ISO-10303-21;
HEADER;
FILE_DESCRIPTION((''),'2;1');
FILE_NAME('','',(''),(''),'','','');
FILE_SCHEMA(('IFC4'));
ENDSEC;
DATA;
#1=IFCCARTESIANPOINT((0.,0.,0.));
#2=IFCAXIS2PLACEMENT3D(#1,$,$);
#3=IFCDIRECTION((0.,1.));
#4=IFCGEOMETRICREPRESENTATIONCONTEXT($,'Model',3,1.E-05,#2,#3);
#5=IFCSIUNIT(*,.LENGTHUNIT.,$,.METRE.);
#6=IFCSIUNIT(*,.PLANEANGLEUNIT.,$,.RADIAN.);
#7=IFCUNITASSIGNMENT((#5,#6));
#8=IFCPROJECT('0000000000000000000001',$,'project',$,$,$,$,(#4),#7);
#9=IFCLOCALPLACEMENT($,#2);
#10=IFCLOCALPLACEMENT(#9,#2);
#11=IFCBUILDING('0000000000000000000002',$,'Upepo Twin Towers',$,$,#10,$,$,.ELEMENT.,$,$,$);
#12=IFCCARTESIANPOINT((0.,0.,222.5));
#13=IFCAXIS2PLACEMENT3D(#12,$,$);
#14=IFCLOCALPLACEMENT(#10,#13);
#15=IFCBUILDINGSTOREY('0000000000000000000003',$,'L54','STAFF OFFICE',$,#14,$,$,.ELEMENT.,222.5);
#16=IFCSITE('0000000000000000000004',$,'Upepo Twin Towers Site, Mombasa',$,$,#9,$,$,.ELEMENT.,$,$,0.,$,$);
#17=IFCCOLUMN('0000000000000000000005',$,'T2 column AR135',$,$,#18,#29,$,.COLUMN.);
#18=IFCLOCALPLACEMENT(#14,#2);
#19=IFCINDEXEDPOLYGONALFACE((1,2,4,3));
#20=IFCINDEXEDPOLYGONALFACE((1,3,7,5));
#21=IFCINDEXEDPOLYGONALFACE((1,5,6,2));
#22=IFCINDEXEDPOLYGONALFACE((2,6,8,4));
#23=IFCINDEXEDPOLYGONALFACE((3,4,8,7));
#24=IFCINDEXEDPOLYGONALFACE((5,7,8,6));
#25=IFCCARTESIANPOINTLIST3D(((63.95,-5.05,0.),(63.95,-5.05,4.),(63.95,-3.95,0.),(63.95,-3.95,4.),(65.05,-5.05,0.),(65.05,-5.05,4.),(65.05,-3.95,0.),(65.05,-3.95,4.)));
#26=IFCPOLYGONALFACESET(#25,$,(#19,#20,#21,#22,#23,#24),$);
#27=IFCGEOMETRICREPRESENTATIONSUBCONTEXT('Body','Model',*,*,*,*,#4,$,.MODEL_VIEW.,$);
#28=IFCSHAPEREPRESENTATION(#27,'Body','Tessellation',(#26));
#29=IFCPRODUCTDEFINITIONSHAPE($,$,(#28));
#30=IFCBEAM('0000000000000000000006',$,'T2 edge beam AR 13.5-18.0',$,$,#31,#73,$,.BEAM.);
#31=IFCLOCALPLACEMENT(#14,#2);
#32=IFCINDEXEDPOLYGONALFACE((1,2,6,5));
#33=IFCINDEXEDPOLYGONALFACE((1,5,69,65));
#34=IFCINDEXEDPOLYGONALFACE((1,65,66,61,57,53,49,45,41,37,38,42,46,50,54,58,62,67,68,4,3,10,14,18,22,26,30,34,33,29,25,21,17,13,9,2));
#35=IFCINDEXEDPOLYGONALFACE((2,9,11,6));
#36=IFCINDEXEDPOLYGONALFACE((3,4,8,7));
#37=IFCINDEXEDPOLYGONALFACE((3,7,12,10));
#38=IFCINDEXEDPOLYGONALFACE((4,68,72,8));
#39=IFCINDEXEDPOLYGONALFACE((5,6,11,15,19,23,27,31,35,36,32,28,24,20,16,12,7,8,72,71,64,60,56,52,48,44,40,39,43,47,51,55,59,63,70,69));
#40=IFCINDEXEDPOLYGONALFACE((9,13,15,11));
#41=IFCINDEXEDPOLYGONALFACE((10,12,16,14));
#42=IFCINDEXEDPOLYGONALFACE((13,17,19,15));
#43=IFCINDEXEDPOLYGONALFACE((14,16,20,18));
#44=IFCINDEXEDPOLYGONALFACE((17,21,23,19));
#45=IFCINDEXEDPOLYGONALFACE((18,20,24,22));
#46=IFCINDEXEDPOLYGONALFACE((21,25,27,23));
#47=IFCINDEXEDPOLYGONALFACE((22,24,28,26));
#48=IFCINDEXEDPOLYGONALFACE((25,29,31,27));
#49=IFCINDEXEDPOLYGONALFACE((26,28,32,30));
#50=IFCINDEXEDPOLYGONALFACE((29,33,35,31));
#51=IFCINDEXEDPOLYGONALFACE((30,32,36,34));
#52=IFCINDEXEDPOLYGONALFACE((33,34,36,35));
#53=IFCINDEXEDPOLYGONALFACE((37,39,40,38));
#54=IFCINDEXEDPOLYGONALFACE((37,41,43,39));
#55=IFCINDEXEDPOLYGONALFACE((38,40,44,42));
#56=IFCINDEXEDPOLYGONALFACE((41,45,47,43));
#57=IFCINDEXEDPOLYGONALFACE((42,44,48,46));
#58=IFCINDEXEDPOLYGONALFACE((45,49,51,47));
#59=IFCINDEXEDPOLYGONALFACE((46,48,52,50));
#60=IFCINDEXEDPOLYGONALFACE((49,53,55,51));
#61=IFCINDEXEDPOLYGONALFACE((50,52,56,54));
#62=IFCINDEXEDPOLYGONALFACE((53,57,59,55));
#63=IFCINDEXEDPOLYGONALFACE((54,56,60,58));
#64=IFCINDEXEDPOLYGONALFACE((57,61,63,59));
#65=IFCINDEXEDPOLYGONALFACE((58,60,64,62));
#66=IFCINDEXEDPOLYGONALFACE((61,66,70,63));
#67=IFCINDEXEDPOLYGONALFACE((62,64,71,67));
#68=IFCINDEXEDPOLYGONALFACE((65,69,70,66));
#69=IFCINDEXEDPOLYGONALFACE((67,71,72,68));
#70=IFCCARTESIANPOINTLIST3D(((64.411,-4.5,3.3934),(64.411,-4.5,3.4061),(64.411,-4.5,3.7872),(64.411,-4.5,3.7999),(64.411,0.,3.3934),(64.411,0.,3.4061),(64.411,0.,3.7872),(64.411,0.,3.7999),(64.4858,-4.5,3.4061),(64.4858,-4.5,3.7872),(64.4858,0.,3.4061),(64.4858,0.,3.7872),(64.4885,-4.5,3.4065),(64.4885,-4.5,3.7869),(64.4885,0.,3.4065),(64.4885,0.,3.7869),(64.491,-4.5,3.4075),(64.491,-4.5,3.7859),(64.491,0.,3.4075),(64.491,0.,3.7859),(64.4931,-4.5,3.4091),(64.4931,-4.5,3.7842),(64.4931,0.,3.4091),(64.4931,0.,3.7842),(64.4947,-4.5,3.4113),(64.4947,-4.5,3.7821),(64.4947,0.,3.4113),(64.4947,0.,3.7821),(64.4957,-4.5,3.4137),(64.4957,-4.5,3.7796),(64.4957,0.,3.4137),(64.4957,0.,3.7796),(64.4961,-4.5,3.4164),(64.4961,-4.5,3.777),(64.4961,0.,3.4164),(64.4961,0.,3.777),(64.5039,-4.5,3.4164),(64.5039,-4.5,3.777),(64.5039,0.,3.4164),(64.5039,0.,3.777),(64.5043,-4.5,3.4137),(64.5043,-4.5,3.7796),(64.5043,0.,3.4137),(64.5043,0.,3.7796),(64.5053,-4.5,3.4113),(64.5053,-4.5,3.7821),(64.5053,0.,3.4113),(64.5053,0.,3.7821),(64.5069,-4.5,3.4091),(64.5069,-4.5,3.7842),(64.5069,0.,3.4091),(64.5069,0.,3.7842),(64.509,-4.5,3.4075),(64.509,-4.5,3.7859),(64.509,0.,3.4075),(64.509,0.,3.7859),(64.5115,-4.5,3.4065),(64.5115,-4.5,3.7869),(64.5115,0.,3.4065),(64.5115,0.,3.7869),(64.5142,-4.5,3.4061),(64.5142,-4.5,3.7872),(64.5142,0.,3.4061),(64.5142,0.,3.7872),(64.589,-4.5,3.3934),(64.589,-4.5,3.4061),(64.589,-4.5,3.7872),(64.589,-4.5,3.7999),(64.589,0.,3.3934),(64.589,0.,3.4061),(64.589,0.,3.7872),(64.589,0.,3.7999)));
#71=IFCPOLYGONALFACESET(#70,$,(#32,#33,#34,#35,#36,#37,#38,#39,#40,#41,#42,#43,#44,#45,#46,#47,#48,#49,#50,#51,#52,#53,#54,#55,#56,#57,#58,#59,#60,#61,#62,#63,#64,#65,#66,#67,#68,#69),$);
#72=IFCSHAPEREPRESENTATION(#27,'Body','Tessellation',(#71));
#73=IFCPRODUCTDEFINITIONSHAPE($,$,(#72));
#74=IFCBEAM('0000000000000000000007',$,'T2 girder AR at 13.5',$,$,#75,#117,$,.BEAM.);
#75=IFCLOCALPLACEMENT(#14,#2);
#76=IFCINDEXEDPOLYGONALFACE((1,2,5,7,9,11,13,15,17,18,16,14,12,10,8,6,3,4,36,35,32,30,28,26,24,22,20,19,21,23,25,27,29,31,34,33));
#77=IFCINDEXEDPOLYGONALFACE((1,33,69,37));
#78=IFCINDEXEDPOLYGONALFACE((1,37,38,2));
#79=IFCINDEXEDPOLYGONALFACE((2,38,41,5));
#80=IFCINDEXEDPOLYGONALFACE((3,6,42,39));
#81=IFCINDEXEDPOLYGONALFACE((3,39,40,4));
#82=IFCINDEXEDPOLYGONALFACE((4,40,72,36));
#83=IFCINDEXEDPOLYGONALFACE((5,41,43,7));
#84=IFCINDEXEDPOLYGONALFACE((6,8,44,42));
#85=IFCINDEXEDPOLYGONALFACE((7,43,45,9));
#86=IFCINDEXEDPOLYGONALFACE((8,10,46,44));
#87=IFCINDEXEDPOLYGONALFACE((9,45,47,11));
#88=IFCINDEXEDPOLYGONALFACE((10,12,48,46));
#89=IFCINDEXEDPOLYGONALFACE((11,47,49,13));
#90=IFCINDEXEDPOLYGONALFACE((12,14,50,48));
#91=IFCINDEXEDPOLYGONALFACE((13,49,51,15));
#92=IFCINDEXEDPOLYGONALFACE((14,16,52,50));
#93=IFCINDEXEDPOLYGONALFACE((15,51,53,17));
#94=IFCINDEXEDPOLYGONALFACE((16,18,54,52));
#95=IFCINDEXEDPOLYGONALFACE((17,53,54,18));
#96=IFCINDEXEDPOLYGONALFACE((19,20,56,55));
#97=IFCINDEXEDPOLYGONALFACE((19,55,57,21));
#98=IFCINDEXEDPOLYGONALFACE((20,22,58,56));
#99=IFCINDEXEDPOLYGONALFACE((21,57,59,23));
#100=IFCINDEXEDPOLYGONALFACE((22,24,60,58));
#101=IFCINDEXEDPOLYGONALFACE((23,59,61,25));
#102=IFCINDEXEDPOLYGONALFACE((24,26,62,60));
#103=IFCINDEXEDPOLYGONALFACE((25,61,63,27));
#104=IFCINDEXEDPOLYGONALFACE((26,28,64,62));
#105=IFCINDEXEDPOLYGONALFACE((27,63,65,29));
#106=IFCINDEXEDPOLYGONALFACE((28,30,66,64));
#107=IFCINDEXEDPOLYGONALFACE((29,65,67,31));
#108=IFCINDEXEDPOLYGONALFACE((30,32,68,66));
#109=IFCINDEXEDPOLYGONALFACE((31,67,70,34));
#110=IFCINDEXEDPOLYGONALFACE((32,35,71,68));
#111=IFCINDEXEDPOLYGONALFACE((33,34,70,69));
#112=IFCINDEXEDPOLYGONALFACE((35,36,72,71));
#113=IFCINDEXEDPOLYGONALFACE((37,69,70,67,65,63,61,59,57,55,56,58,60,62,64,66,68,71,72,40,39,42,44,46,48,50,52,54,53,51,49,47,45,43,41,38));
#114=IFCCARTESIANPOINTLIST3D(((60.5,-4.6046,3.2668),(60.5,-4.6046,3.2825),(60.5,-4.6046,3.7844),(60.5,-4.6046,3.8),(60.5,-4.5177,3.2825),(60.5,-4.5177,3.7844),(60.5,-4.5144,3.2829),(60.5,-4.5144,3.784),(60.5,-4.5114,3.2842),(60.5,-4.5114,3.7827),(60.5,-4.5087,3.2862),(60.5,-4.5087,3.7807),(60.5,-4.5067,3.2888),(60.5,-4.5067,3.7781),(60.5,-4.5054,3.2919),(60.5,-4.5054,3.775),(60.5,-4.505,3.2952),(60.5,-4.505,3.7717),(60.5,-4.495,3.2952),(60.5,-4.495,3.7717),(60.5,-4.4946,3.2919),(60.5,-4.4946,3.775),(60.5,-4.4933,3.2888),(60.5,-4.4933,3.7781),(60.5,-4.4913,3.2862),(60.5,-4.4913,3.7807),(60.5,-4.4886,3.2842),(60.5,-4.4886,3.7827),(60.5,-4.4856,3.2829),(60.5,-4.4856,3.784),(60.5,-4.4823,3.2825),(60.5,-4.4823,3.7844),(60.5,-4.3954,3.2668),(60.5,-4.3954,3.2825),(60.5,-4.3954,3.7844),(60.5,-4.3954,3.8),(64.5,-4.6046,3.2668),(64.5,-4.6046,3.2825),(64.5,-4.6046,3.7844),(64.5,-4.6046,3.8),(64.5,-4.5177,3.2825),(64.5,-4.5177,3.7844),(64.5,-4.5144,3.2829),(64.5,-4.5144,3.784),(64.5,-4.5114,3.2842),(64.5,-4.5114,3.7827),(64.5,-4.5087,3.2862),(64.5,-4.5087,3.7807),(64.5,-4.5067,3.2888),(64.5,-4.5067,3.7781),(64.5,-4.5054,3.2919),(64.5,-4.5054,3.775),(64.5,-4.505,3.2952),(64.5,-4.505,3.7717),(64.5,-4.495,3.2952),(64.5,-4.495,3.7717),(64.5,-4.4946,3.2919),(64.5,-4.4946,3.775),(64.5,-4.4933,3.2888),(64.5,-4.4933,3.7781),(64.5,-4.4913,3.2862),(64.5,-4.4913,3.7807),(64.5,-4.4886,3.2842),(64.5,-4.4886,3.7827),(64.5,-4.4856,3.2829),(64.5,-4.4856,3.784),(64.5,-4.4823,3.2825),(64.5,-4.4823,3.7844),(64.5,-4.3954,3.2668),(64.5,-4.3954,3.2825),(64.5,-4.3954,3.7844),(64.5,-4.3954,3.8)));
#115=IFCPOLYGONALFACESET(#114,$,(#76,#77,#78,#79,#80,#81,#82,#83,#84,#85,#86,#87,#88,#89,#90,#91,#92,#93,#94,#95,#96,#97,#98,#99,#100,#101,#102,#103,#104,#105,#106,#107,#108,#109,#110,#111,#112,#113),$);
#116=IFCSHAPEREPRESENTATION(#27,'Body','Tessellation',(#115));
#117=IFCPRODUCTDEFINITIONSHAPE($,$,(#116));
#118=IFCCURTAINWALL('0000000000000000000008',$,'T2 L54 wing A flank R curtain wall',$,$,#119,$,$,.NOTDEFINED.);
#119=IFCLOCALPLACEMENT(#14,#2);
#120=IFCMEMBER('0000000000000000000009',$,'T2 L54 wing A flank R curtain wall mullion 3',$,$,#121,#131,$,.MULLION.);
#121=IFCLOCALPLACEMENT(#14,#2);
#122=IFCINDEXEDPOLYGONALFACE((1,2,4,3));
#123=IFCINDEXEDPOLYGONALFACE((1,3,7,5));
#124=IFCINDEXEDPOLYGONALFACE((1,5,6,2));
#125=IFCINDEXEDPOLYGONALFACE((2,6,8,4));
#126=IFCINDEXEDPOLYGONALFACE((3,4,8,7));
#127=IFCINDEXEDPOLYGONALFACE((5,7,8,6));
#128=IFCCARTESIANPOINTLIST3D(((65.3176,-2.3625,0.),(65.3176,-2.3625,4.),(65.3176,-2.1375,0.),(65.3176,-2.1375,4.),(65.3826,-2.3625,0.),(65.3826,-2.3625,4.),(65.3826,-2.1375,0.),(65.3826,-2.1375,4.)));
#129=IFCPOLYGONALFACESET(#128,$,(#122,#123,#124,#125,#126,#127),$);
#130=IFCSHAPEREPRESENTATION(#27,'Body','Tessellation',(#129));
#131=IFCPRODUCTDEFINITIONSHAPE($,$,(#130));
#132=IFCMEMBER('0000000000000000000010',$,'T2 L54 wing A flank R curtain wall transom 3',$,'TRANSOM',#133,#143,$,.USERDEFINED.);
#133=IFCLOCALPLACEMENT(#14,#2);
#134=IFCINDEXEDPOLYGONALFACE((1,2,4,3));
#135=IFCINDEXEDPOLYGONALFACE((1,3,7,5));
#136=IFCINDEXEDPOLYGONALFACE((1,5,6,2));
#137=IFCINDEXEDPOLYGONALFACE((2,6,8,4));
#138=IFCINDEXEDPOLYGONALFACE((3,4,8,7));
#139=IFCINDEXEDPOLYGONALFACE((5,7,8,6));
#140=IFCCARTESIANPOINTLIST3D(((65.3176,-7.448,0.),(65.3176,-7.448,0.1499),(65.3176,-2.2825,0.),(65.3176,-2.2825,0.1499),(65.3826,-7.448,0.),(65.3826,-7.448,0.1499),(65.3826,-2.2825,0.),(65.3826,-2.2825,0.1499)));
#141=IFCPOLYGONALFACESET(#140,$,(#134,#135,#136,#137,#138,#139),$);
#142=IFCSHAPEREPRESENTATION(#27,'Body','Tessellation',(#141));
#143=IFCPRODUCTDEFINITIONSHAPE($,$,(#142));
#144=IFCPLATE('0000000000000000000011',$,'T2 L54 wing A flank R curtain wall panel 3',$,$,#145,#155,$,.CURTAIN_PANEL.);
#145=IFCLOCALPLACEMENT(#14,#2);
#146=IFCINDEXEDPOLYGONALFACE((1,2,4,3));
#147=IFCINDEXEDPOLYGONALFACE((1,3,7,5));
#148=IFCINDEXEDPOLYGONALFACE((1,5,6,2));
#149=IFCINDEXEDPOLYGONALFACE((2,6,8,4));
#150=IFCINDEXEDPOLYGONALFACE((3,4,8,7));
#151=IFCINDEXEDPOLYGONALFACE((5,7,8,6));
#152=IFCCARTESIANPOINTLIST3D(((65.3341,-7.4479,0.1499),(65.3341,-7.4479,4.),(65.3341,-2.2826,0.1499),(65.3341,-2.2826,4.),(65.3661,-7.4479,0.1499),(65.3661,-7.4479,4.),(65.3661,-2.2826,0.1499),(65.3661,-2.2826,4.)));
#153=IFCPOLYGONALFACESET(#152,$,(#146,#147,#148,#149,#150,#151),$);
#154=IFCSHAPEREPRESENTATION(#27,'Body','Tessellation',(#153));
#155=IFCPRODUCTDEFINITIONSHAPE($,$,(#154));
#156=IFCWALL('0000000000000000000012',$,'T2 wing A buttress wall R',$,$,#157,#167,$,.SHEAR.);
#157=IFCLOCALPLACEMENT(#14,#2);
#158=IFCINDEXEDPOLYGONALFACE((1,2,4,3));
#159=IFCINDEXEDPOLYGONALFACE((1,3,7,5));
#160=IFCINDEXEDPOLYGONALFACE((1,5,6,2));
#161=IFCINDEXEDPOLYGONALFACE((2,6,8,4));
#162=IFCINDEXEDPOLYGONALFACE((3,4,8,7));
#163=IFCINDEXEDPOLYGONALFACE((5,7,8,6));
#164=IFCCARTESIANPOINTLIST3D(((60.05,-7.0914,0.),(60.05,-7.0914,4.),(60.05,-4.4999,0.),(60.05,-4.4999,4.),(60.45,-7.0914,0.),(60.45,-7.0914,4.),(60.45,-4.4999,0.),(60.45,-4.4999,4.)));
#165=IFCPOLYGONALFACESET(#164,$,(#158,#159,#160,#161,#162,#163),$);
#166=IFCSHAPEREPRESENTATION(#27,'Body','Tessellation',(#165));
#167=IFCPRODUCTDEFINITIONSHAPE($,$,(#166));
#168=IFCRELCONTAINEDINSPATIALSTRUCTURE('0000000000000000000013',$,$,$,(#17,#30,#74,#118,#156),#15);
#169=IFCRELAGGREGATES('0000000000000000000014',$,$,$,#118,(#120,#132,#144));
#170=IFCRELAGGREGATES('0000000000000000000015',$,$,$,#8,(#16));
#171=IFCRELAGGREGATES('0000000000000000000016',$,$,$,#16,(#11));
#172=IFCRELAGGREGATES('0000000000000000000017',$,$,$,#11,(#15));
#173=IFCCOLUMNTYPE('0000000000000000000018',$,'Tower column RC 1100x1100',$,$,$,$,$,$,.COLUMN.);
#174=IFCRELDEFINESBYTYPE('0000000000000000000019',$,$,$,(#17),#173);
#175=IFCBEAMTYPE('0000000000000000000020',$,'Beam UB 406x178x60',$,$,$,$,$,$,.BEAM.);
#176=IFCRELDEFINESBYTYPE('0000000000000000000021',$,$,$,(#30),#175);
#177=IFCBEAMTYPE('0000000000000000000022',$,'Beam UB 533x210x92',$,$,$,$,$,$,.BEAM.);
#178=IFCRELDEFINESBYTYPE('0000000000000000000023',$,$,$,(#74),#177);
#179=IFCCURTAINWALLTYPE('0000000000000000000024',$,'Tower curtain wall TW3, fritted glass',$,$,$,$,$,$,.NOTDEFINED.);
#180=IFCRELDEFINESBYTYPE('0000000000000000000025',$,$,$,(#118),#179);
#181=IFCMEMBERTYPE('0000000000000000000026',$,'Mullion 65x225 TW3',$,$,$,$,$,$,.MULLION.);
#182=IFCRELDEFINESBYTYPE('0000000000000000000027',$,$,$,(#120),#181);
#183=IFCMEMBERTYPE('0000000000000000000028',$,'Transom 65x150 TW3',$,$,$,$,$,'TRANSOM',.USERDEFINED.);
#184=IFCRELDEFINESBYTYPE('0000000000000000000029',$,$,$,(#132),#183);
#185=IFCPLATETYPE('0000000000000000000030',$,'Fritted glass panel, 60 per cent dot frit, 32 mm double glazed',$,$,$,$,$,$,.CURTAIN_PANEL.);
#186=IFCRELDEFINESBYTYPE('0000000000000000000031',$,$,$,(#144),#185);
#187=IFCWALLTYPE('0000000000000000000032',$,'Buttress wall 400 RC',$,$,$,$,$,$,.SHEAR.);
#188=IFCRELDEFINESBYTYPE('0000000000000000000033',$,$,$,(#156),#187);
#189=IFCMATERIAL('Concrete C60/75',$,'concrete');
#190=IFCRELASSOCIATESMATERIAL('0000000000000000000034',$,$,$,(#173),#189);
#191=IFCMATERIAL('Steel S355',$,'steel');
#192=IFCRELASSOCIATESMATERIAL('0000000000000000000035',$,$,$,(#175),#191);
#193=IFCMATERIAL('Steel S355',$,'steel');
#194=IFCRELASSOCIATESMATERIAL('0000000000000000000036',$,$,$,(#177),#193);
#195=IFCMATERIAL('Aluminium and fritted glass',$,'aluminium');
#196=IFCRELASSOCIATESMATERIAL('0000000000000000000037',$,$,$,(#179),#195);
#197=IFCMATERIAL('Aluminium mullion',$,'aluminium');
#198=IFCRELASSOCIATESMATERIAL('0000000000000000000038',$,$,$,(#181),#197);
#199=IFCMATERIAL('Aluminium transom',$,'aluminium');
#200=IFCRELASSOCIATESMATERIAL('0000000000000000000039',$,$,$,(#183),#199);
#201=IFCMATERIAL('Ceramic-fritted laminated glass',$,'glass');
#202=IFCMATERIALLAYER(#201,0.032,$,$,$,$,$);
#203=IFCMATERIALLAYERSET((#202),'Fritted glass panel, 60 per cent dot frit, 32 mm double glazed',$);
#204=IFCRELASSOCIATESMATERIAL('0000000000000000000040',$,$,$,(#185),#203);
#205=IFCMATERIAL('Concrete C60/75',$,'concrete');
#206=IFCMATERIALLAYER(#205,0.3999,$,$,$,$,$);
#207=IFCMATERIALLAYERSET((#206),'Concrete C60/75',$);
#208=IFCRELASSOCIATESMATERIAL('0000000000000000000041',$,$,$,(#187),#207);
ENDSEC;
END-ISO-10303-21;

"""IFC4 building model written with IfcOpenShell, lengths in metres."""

from ifc_helpers import new_model, si_unit, direction, frame, frame_2d, origin, origin_2d, place, context, subcontext, project, spatial, rectangle, i_section, extrude, material, layer, layer_set, material_profile, profile_set, type_object, element, aggregate, save


model = new_model("IFC4")

# Units and contexts
model_context = context("Model", 3, precision=1e-05, world=origin(), true_north=direction((0.0, 1.0)))
body_context = subcontext(model_context, "Body", "Model", "MODEL_VIEW")
ifc_project = project(units=[si_unit("LENGTHUNIT", "METRE"), si_unit("PLANEANGLEUNIT", "RADIAN")], contexts=[model_context])

# Site, building, storey
site_placement = place(None, origin())
site = spatial("IfcSite", under=ifc_project, at=site_placement, Name="Upepo Twin Towers Site, Mombasa", CompositionType="ELEMENT", RefElevation=0.0)
building_placement = place(site_placement, origin())
building = spatial("IfcBuilding", under=site, at=building_placement, Name="Upepo Twin Towers", CompositionType="ELEMENT")
storey_placement = place(building_placement, frame((0.0, 0.0, 222.5)))
storey = spatial("IfcBuildingStorey", under=building, at=storey_placement, Name="L54", Description="STAFF OFFICE", CompositionType="ELEMENT", Elevation=222.5)

# Column
ifc_material_1 = material(Name="Concrete C60/75", Category="concrete")
ifc_material_profile_1 = material_profile(ifc_material_1, rectangle(XDim=1.1001, YDim=1.1001, at=origin_2d()), Name="RC 1100x1100")
ifc_profile_set_1 = profile_set([ifc_material_profile_1], Name="Concrete C60/75")
column_type = type_object("IfcColumnType", Name="Tower column RC 1100x1100", PredefinedType="COLUMN", material=ifc_profile_set_1)
column_placement = place(storey_placement, frame((64.5, -4.5, 0.0), z_axis=(0.0, 0.0, 1.0), x_axis=(1.0, 0.0, 0.0)))
element("IfcColumn", 1, at=column_placement, inside=storey, type_object=column_type, Name="T2 column AR135", PredefinedType="COLUMN", context=body_context, shape_type="SweptSolid", body=[
    extrude(rectangle(XDim=1.1001, YDim=1.1001, at=origin_2d()), origin(), (0.0, 0.0, 1.0), 4.0),
])

# Beams
ifc_material_2 = material(Name="Steel S355", Category="steel")
ifc_material_profile_2 = material_profile(ifc_material_2, i_section(OverallWidth=0.178, OverallDepth=0.4065, WebThickness=0.0078, FlangeThickness=0.0127, FilletRadius=0.0103, at=origin_2d()), Name="UB 406x178x60")
ifc_profile_set_2 = profile_set([ifc_material_profile_2], Name="Steel S355")
beam_type_1 = type_object("IfcBeamType", Name="Beam UB 406x178x60", PredefinedType="BEAM", material=ifc_profile_set_2)
beam_1_placement = place(storey_placement, frame((64.5, -4.5, 3.5967), z_axis=(0.0, 1.0, 0.0), x_axis=(-1.0, 0.0, 0.0)))
element("IfcBeam", 2, at=beam_1_placement, inside=storey, type_object=beam_type_1, Name="T2 edge beam AR 13.5-18.0", PredefinedType="BEAM", context=body_context, shape_type="SweptSolid", body=[
    extrude(i_section(OverallWidth=0.178, OverallDepth=0.4065, WebThickness=0.0078, FlangeThickness=0.0127, FilletRadius=0.0103, at=origin_2d()), origin(), (0.0, 0.0, 1.0), 4.5),
])
ifc_material_3 = material(Name="Steel S355", Category="steel")
ifc_material_profile_3 = material_profile(ifc_material_3, i_section(OverallWidth=0.2092, OverallDepth=0.5332, WebThickness=0.01, FlangeThickness=0.0156, FilletRadius=0.0127, at=origin_2d()), Name="UB 533x210x92")
ifc_profile_set_3 = profile_set([ifc_material_profile_3], Name="Steel S355")
beam_type_2 = type_object("IfcBeamType", Name="Beam UB 533x210x92", PredefinedType="BEAM", material=ifc_profile_set_3)
beam_2_placement = place(storey_placement, frame((64.5, -4.5, 3.5334), z_axis=(-1.0, 0.0, 0.0), x_axis=(0.0, -1.0, 0.0)))
element("IfcBeam", 3, at=beam_2_placement, inside=storey, type_object=beam_type_2, Name="T2 girder AR at 13.5", PredefinedType="BEAM", context=body_context, shape_type="SweptSolid", body=[
    extrude(i_section(OverallWidth=0.2092, OverallDepth=0.5332, WebThickness=0.01, FlangeThickness=0.0156, FilletRadius=0.0127, at=origin_2d()), origin(), (0.0, 0.0, 1.0), 4.0),
])

# Curtain wall, members, plate
ifc_material_4 = material(Name="Aluminium and fritted glass", Category="aluminium")
curtain_wall_type = type_object("IfcCurtainWallType", Name="Tower curtain wall TW3, fritted glass", PredefinedType="NOTDEFINED", material=ifc_material_4)
curtain_wall_placement = place(storey_placement, origin())
curtain_wall = element("IfcCurtainWall", 4, at=curtain_wall_placement, inside=storey, type_object=curtain_wall_type, Name="T2 L54 wing A flank R curtain wall", PredefinedType="NOTDEFINED")
ifc_material_5 = material(Name="Aluminium mullion", Category="aluminium")
ifc_material_profile_4 = material_profile(ifc_material_5, rectangle(XDim=0.0649, YDim=0.2251, at=origin_2d()), Name="MULLION 65x225")
ifc_profile_set_4 = profile_set([ifc_material_profile_4], Name="Aluminium mullion")
member_type_1 = type_object("IfcMemberType", Name="Mullion 65x225 TW3", PredefinedType="MULLION", material=ifc_profile_set_4)
member_1_placement = place(storey_placement, frame((65.3501, -2.25, 0.0), z_axis=(0.0, 0.0, 1.0), x_axis=(1.0, 0.0, 0.0)))
member_1 = element("IfcMember", 5, at=member_1_placement, type_object=member_type_1, Name="T2 L54 wing A flank R curtain wall mullion 3", PredefinedType="MULLION", context=body_context, shape_type="SweptSolid", body=[
    extrude(rectangle(XDim=0.0649, YDim=0.2251, at=origin_2d()), origin(), (0.0, 0.0, 1.0), 4.0),
])
ifc_material_6 = material(Name="Aluminium transom", Category="aluminium")
ifc_material_profile_5 = material_profile(ifc_material_6, rectangle(XDim=0.0649, YDim=0.1499, at=origin_2d()), Name="TRANSOM 65x150")
ifc_profile_set_5 = profile_set([ifc_material_profile_5], Name="Aluminium transom")
member_type_2 = type_object("IfcMemberType", Name="Transom 65x150 TW3", ElementType="TRANSOM", PredefinedType="USERDEFINED", material=ifc_profile_set_5)
member_2_placement = place(storey_placement, frame((65.3501, -2.2825, 0.075), z_axis=(0.0, -1.0, 0.0), x_axis=(1.0, 0.0, 0.0)))
member_2 = element("IfcMember", 6, at=member_2_placement, type_object=member_type_2, Name="T2 L54 wing A flank R curtain wall transom 3", ObjectType="TRANSOM", PredefinedType="USERDEFINED", context=body_context, shape_type="SweptSolid", body=[
    extrude(rectangle(XDim=0.0649, YDim=0.1499, at=origin_2d()), origin(), (0.0, 0.0, 1.0), 5.1655),
])
ifc_material_7 = material(Name="Ceramic-fritted laminated glass", Category="glass")
ifc_layer_1 = layer(ifc_material_7, 0.032)
ifc_layer_set_1 = layer_set([ifc_layer_1], Name="Fritted glass panel, 60 per cent dot frit, 32 mm double glazed")
plate_type = type_object("IfcPlateType", Name="Fritted glass panel, 60 per cent dot frit, 32 mm double glazed", PredefinedType="CURTAIN_PANEL", material=ifc_layer_set_1)
plate_placement = place(storey_placement, frame((65.3501, -4.8652, 0.1499), z_axis=(0.0, 0.0, 1.0), x_axis=(0.0, -1.0, 0.0)))
plate = element("IfcPlate", 7, at=plate_placement, type_object=plate_type, Name="T2 L54 wing A flank R curtain wall panel 3", PredefinedType="CURTAIN_PANEL", context=body_context, shape_type="SweptSolid", body=[
    extrude(rectangle(XDim=5.1653, YDim=0.032, at=origin_2d()), origin(), (0.0, 0.0, 1.0), 3.8501),
])
aggregate(curtain_wall, [member_1, member_2, plate])

# Wall
ifc_material_8 = material(Name="Concrete C60/75", Category="concrete")
ifc_layer_2 = layer(ifc_material_8, 0.3999)
ifc_layer_set_2 = layer_set([ifc_layer_2], Name="Concrete C60/75")
wall_type_1 = type_object("IfcWallType", Name="Buttress wall 400 RC", PredefinedType="SHEAR", material=ifc_layer_set_2)
wall_1_placement = place(storey_placement, frame((60.25, -7.0916, 0.0), z_axis=(0.0, 0.0, 1.0), x_axis=(0.0, 1.0, 0.0)))
element("IfcWall", 8, at=wall_1_placement, inside=storey, type_object=wall_type_1, Name="T2 wing A buttress wall R", PredefinedType="SHEAR", context=body_context, shape_type="SweptSolid", body=[
    extrude(rectangle(XDim=2.5916, YDim=0.3999, at=frame_2d((1.2959, 0.0))), origin(), (0.0, 0.0, 1.0), 4.0),
])

save(model, "model.ifc")
